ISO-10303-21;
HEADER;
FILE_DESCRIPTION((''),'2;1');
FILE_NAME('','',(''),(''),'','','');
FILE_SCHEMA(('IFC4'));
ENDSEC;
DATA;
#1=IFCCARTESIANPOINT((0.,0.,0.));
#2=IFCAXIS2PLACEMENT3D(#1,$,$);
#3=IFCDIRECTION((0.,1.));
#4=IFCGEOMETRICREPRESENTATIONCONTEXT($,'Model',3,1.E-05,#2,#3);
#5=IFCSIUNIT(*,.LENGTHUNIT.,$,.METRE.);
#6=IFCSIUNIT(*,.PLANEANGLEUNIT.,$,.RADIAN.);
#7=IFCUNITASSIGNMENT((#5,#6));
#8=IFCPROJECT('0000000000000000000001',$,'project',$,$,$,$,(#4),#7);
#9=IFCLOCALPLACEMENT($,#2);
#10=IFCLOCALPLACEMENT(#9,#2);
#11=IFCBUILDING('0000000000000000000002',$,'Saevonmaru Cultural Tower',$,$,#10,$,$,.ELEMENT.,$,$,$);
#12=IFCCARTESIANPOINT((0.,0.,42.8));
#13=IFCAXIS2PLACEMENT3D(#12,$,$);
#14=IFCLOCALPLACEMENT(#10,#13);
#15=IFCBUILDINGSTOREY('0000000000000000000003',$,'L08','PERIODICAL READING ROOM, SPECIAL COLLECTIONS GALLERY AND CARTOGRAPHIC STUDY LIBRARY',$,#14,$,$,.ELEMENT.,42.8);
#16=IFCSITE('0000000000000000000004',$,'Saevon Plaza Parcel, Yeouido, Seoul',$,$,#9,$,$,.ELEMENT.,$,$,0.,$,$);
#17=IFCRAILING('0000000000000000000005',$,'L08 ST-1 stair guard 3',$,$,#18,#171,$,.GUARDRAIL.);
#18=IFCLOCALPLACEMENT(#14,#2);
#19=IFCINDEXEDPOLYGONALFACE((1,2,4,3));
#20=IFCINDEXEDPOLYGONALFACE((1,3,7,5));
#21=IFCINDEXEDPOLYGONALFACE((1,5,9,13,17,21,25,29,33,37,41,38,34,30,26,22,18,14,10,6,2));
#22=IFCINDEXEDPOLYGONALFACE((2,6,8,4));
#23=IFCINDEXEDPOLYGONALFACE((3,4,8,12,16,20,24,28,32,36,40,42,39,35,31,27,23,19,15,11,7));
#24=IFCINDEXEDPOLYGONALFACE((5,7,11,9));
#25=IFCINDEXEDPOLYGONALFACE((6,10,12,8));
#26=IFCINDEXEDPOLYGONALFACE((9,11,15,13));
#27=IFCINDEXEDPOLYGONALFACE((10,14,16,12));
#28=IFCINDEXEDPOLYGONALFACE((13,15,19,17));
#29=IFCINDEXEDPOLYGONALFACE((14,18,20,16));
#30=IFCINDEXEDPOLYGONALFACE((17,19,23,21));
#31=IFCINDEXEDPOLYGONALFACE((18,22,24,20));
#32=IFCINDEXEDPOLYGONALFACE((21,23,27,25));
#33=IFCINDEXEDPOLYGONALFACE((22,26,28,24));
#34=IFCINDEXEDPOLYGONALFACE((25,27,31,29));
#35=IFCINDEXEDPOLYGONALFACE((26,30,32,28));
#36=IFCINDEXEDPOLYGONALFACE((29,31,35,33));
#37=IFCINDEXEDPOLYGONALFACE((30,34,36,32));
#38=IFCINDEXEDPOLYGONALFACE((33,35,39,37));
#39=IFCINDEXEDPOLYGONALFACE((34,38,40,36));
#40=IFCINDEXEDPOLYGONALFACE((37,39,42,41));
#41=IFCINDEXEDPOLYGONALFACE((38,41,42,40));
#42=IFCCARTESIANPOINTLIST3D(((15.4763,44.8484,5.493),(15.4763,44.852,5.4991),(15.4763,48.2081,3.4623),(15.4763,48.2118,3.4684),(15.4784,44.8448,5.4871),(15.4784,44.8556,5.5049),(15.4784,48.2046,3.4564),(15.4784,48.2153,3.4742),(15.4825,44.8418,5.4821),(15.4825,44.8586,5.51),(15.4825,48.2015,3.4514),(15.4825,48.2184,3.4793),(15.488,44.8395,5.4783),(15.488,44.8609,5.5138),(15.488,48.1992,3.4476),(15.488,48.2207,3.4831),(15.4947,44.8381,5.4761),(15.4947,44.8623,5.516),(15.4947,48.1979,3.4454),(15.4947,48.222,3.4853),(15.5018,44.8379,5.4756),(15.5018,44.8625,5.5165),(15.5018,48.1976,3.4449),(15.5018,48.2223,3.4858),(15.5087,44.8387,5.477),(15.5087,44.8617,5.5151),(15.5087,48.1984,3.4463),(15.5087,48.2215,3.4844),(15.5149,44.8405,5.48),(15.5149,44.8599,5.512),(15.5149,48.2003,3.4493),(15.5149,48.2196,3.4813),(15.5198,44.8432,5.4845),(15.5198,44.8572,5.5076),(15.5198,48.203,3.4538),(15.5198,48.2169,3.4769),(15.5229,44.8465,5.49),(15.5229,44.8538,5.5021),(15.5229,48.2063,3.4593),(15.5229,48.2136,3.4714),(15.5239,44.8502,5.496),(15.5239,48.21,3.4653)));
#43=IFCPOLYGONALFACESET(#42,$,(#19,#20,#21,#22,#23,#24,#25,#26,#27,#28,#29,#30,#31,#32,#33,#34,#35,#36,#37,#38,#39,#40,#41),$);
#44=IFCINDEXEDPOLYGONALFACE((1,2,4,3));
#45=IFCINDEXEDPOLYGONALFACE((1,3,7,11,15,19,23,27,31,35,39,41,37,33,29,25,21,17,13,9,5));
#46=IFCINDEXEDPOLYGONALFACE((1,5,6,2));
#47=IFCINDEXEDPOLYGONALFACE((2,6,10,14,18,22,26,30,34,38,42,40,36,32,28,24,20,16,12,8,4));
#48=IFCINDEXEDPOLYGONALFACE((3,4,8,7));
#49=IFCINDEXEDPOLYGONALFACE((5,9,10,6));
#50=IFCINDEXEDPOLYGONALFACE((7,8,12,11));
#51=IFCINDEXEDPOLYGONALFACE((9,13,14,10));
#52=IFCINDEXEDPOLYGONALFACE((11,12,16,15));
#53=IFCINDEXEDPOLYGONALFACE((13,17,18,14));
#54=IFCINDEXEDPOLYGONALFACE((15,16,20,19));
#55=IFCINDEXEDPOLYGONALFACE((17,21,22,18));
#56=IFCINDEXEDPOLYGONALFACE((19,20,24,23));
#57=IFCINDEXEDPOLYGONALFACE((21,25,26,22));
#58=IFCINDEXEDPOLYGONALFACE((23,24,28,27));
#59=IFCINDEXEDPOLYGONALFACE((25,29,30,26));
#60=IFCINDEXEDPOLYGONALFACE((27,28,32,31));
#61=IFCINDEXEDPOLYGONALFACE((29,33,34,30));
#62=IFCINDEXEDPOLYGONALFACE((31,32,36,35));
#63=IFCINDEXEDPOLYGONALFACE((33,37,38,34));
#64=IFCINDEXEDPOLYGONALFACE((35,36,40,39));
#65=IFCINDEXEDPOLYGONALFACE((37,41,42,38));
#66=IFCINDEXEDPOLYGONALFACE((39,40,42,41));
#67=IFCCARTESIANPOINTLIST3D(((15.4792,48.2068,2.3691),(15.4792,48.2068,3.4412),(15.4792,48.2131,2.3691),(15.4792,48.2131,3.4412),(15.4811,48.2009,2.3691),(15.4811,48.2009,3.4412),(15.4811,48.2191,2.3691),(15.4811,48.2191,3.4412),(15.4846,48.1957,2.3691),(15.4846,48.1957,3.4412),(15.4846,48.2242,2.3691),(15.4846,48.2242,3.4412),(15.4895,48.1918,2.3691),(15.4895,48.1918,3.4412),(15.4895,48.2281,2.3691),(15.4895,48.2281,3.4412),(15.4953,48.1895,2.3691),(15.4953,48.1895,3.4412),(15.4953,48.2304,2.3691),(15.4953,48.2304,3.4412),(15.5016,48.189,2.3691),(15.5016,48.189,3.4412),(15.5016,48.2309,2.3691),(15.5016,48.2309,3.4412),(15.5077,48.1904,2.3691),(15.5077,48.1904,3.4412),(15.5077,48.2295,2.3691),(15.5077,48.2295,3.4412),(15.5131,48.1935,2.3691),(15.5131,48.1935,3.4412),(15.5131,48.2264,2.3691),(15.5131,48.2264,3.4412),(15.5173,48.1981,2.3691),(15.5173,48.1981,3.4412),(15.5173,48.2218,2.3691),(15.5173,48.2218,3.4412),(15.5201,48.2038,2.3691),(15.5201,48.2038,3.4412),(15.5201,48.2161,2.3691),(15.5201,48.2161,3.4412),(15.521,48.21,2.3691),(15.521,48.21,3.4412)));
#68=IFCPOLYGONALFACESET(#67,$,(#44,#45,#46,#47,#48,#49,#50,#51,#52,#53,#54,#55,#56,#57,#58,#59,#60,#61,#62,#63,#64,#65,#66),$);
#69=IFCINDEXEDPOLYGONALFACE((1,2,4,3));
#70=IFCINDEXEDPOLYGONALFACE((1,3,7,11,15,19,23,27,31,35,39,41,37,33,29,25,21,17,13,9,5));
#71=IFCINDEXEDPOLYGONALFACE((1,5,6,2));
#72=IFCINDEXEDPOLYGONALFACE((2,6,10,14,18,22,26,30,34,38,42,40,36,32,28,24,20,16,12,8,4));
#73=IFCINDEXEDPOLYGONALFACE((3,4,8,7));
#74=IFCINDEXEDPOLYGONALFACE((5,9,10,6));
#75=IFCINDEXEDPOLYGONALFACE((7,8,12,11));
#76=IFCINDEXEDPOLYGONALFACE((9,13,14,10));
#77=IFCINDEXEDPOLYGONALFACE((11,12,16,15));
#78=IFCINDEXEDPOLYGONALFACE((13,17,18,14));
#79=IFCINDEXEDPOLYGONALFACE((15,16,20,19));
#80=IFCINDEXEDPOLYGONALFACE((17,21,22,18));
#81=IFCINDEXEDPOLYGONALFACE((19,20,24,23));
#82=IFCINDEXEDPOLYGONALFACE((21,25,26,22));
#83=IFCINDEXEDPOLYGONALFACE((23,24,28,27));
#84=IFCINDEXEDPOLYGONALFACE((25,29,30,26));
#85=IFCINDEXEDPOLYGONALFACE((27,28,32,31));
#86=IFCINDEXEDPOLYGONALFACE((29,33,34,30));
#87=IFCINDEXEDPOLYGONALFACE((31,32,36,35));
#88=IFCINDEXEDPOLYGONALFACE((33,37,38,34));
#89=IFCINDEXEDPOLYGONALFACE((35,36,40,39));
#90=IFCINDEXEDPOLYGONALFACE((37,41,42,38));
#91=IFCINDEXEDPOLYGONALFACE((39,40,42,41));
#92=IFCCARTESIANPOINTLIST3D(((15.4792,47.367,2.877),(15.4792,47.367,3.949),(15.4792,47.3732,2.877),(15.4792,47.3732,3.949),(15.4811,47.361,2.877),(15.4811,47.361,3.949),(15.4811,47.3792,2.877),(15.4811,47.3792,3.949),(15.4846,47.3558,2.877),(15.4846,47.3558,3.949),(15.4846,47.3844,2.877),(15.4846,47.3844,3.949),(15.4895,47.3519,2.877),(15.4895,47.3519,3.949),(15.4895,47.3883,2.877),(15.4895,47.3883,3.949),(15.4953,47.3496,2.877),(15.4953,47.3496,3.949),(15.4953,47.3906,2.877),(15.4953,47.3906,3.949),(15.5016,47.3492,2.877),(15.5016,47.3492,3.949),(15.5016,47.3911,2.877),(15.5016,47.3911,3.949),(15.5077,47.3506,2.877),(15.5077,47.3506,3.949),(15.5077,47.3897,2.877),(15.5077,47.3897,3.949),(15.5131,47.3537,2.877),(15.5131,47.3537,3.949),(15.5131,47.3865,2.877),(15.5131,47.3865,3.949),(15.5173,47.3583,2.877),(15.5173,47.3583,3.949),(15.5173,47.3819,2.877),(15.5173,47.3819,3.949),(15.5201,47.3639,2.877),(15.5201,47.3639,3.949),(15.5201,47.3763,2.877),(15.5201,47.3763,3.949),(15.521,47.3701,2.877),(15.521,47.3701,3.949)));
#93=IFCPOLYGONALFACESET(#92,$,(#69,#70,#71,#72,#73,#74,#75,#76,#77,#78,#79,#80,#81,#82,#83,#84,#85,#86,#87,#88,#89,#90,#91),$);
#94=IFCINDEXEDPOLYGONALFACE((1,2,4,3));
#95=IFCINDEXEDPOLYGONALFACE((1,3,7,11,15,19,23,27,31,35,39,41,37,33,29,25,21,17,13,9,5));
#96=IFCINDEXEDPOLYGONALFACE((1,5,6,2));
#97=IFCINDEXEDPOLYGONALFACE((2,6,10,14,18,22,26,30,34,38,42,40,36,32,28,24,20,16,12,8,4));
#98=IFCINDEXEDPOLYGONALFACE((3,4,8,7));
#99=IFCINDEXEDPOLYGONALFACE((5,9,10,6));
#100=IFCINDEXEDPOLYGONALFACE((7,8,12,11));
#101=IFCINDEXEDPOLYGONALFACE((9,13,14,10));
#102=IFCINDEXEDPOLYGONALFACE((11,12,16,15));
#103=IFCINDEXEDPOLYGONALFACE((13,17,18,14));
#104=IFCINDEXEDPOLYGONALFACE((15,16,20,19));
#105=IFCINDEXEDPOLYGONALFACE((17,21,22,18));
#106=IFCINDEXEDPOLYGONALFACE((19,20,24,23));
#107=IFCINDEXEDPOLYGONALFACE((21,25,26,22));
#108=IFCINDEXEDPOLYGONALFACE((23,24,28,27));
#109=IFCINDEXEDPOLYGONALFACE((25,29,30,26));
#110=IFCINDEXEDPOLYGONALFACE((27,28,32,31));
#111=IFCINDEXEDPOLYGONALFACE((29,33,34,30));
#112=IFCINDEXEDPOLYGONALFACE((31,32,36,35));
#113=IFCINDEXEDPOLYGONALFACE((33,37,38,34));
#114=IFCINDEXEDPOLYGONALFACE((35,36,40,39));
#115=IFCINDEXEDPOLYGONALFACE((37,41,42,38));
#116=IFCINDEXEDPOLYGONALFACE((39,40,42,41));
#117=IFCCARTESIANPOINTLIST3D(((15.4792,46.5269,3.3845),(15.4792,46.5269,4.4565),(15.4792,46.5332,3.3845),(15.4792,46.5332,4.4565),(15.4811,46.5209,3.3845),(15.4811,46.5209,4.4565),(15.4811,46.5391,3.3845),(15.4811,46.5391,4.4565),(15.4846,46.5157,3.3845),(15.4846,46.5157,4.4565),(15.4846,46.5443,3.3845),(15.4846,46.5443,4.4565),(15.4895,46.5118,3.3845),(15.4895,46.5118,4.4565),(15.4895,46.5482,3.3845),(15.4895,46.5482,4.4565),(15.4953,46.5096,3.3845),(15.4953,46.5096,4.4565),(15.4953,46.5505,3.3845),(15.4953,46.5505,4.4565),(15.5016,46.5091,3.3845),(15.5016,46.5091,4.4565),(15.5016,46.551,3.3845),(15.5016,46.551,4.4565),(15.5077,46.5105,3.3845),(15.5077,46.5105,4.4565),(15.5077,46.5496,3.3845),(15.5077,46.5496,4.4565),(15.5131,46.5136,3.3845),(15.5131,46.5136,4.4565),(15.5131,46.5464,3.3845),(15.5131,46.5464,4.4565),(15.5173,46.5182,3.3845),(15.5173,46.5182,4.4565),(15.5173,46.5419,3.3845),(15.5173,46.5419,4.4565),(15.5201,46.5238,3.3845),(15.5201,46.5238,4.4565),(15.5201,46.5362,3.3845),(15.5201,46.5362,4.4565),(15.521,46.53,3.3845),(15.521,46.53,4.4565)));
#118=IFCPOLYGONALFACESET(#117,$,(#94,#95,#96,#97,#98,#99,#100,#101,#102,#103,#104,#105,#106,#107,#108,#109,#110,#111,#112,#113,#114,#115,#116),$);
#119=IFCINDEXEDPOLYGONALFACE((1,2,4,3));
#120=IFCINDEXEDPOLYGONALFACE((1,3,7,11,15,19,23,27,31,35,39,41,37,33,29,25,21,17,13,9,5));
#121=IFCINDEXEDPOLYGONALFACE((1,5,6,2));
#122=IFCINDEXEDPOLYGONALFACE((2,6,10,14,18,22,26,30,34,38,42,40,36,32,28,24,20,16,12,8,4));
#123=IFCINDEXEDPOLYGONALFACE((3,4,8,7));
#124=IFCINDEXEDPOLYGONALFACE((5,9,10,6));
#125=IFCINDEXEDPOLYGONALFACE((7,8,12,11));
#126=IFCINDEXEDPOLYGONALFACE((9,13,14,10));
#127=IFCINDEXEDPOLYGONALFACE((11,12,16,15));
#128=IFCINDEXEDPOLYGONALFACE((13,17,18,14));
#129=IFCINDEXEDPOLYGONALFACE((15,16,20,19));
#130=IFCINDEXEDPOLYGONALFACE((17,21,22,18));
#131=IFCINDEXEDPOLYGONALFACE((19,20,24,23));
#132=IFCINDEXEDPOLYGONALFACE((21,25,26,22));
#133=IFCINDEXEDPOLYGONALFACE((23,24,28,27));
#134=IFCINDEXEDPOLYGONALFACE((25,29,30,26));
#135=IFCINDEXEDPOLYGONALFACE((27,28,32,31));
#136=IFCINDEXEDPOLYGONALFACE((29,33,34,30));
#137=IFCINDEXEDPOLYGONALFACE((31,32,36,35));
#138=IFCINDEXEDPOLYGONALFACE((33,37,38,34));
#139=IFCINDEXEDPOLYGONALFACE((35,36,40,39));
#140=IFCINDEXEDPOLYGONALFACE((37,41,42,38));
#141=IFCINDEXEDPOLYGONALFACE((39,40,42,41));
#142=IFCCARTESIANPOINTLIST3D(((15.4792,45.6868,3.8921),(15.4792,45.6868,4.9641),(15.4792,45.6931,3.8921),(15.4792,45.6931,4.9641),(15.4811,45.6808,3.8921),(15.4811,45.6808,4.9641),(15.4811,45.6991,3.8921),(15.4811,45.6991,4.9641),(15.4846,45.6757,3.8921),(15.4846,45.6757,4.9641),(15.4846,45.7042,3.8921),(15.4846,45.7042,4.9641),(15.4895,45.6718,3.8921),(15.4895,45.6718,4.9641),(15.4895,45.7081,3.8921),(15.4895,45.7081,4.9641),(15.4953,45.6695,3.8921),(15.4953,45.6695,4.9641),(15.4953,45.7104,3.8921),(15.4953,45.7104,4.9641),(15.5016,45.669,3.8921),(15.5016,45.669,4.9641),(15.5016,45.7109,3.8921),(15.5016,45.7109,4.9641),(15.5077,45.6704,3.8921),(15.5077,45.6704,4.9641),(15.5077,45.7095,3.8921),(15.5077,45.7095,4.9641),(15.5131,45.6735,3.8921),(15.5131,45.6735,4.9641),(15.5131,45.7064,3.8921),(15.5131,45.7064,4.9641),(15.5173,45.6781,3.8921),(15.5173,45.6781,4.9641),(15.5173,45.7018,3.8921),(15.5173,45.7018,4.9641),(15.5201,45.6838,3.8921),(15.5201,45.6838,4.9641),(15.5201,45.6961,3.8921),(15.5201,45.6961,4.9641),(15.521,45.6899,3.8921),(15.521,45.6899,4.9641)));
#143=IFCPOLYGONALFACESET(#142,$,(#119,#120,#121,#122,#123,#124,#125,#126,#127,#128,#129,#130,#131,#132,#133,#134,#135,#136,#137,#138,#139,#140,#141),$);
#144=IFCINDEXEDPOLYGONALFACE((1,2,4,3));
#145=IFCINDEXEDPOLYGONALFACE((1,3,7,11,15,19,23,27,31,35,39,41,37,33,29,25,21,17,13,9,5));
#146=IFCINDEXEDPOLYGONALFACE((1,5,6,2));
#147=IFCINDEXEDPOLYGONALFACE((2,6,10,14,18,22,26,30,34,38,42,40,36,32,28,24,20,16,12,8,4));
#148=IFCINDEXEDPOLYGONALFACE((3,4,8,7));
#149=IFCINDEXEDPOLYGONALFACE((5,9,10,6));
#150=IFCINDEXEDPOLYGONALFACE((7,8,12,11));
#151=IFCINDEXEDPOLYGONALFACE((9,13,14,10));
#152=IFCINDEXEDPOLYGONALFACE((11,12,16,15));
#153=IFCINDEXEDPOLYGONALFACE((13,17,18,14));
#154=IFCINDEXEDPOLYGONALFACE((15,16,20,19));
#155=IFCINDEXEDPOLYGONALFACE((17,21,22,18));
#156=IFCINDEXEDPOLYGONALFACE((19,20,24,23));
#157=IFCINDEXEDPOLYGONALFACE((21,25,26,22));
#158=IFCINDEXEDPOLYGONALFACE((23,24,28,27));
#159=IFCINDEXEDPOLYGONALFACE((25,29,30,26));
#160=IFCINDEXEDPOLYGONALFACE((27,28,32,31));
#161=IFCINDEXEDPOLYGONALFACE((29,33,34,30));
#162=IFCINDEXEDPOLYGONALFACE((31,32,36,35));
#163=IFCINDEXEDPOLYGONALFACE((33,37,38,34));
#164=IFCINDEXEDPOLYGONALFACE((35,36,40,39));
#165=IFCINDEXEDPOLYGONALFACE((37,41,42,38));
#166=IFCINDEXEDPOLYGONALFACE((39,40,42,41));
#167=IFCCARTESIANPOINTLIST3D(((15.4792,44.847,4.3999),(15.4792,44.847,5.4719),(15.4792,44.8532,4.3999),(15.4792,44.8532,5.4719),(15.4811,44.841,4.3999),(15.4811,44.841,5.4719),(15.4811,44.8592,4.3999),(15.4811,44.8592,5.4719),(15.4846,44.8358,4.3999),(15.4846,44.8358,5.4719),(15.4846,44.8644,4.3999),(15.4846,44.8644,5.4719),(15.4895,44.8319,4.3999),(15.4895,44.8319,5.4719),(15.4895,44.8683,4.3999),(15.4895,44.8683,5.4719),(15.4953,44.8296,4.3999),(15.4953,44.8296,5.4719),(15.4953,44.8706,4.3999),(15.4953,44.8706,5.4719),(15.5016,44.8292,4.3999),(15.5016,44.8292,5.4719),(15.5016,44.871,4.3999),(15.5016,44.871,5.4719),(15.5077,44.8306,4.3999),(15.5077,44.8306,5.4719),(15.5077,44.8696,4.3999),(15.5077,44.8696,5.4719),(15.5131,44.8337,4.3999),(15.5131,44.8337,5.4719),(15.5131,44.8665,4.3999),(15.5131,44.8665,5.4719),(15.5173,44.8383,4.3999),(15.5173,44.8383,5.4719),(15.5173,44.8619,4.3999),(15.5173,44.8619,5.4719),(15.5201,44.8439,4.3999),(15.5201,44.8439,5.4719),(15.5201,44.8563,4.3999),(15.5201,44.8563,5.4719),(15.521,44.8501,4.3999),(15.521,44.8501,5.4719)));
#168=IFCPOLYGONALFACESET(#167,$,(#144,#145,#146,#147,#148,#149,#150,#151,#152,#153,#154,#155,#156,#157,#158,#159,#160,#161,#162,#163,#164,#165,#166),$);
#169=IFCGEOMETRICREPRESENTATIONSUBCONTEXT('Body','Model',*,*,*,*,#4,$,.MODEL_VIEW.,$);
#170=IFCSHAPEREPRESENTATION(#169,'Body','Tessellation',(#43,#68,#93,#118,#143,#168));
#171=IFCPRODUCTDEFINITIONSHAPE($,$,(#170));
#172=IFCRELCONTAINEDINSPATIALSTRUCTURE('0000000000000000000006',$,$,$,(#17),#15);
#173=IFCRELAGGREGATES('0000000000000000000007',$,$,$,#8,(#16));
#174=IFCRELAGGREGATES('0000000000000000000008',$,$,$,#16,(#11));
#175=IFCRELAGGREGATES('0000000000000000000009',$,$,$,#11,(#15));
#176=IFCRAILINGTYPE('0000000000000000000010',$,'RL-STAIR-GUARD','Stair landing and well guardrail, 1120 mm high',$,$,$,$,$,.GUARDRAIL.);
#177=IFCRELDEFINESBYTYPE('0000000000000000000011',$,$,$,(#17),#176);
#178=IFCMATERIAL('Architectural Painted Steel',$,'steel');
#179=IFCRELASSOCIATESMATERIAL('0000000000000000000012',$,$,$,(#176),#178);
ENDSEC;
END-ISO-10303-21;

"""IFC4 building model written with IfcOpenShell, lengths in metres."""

from ifc_helpers import new_model, si_unit, direction, frame, origin, origin_2d, place, context, subcontext, project, spatial, circle, extrude, material, type_object, element, save


model = new_model("IFC4")

# Units and contexts
model_context = context("Model", 3, precision=1e-05, world=origin(), true_north=direction((0.0, 1.0)))
body_context = subcontext(model_context, "Body", "Model", "MODEL_VIEW")
ifc_project = project(units=[si_unit("LENGTHUNIT", "METRE"), si_unit("PLANEANGLEUNIT", "RADIAN")], contexts=[model_context])

# Site, building, storey
site_placement = place(None, origin())
site = spatial("IfcSite", under=ifc_project, at=site_placement, Name="Saevon Plaza Parcel, Yeouido, Seoul", CompositionType="ELEMENT", RefElevation=0.0)
building_placement = place(site_placement, origin())
building = spatial("IfcBuilding", under=site, at=building_placement, Name="Saevonmaru Cultural Tower", CompositionType="ELEMENT")
storey_placement = place(building_placement, frame((0.0, 0.0, 42.8)))
storey = spatial("IfcBuildingStorey", under=building, at=storey_placement, Name="L08", Description="PERIODICAL READING ROOM, SPECIAL COLLECTIONS GALLERY AND CARTOGRAPHIC STUDY LIBRARY", CompositionType="ELEMENT", Elevation=42.8)

# Railing
ifc_material_1 = material(Name="Architectural Painted Steel", Category="steel")
railing_type = type_object("IfcRailingType", Name="RL-STAIR-GUARD", Description="Stair landing and well guardrail, 1120 mm high", PredefinedType="GUARDRAIL", material=ifc_material_1)
railing_1_placement = place(storey_placement, frame((15.5, 48.21, 2.3691)))
element("IfcRailing", 1, at=railing_1_placement, inside=storey, type_object=railing_type, Name="L08 ST-1 stair guard 3", PredefinedType="GUARDRAIL", context=body_context, shape_type="SweptSolid", body=[
    extrude(circle(Radius=0.0239, at=origin_2d()), frame((0.0, 0.0, 1.0962), z_axis=(0.0, -0.85582, 0.517273), x_axis=(1.0, 0.0, 0.0)), (0.0, 0.0, 1.0), 3.9258),
    extrude(circle(Radius=0.021, at=origin_2d()), origin(), (0.0, 0.0, 1.0), 1.072),
    extrude(circle(Radius=0.021, at=origin_2d()), frame((0.0, -0.8398, 0.5078)), (0.0, 0.0, 1.0), 1.072),
    extrude(circle(Radius=0.021, at=origin_2d()), frame((0.0, -1.6799, 1.0154)), (0.0, 0.0, 1.0), 1.072),
    extrude(circle(Radius=0.021, at=origin_2d()), frame((0.0, -2.52, 1.5229)), (0.0, 0.0, 1.0), 1.072),
    extrude(circle(Radius=0.021, at=origin_2d()), frame((0.0, -3.3599, 2.0308)), (0.0, 0.0, 1.0), 1.072),
])

save(model, "model.ifc")
